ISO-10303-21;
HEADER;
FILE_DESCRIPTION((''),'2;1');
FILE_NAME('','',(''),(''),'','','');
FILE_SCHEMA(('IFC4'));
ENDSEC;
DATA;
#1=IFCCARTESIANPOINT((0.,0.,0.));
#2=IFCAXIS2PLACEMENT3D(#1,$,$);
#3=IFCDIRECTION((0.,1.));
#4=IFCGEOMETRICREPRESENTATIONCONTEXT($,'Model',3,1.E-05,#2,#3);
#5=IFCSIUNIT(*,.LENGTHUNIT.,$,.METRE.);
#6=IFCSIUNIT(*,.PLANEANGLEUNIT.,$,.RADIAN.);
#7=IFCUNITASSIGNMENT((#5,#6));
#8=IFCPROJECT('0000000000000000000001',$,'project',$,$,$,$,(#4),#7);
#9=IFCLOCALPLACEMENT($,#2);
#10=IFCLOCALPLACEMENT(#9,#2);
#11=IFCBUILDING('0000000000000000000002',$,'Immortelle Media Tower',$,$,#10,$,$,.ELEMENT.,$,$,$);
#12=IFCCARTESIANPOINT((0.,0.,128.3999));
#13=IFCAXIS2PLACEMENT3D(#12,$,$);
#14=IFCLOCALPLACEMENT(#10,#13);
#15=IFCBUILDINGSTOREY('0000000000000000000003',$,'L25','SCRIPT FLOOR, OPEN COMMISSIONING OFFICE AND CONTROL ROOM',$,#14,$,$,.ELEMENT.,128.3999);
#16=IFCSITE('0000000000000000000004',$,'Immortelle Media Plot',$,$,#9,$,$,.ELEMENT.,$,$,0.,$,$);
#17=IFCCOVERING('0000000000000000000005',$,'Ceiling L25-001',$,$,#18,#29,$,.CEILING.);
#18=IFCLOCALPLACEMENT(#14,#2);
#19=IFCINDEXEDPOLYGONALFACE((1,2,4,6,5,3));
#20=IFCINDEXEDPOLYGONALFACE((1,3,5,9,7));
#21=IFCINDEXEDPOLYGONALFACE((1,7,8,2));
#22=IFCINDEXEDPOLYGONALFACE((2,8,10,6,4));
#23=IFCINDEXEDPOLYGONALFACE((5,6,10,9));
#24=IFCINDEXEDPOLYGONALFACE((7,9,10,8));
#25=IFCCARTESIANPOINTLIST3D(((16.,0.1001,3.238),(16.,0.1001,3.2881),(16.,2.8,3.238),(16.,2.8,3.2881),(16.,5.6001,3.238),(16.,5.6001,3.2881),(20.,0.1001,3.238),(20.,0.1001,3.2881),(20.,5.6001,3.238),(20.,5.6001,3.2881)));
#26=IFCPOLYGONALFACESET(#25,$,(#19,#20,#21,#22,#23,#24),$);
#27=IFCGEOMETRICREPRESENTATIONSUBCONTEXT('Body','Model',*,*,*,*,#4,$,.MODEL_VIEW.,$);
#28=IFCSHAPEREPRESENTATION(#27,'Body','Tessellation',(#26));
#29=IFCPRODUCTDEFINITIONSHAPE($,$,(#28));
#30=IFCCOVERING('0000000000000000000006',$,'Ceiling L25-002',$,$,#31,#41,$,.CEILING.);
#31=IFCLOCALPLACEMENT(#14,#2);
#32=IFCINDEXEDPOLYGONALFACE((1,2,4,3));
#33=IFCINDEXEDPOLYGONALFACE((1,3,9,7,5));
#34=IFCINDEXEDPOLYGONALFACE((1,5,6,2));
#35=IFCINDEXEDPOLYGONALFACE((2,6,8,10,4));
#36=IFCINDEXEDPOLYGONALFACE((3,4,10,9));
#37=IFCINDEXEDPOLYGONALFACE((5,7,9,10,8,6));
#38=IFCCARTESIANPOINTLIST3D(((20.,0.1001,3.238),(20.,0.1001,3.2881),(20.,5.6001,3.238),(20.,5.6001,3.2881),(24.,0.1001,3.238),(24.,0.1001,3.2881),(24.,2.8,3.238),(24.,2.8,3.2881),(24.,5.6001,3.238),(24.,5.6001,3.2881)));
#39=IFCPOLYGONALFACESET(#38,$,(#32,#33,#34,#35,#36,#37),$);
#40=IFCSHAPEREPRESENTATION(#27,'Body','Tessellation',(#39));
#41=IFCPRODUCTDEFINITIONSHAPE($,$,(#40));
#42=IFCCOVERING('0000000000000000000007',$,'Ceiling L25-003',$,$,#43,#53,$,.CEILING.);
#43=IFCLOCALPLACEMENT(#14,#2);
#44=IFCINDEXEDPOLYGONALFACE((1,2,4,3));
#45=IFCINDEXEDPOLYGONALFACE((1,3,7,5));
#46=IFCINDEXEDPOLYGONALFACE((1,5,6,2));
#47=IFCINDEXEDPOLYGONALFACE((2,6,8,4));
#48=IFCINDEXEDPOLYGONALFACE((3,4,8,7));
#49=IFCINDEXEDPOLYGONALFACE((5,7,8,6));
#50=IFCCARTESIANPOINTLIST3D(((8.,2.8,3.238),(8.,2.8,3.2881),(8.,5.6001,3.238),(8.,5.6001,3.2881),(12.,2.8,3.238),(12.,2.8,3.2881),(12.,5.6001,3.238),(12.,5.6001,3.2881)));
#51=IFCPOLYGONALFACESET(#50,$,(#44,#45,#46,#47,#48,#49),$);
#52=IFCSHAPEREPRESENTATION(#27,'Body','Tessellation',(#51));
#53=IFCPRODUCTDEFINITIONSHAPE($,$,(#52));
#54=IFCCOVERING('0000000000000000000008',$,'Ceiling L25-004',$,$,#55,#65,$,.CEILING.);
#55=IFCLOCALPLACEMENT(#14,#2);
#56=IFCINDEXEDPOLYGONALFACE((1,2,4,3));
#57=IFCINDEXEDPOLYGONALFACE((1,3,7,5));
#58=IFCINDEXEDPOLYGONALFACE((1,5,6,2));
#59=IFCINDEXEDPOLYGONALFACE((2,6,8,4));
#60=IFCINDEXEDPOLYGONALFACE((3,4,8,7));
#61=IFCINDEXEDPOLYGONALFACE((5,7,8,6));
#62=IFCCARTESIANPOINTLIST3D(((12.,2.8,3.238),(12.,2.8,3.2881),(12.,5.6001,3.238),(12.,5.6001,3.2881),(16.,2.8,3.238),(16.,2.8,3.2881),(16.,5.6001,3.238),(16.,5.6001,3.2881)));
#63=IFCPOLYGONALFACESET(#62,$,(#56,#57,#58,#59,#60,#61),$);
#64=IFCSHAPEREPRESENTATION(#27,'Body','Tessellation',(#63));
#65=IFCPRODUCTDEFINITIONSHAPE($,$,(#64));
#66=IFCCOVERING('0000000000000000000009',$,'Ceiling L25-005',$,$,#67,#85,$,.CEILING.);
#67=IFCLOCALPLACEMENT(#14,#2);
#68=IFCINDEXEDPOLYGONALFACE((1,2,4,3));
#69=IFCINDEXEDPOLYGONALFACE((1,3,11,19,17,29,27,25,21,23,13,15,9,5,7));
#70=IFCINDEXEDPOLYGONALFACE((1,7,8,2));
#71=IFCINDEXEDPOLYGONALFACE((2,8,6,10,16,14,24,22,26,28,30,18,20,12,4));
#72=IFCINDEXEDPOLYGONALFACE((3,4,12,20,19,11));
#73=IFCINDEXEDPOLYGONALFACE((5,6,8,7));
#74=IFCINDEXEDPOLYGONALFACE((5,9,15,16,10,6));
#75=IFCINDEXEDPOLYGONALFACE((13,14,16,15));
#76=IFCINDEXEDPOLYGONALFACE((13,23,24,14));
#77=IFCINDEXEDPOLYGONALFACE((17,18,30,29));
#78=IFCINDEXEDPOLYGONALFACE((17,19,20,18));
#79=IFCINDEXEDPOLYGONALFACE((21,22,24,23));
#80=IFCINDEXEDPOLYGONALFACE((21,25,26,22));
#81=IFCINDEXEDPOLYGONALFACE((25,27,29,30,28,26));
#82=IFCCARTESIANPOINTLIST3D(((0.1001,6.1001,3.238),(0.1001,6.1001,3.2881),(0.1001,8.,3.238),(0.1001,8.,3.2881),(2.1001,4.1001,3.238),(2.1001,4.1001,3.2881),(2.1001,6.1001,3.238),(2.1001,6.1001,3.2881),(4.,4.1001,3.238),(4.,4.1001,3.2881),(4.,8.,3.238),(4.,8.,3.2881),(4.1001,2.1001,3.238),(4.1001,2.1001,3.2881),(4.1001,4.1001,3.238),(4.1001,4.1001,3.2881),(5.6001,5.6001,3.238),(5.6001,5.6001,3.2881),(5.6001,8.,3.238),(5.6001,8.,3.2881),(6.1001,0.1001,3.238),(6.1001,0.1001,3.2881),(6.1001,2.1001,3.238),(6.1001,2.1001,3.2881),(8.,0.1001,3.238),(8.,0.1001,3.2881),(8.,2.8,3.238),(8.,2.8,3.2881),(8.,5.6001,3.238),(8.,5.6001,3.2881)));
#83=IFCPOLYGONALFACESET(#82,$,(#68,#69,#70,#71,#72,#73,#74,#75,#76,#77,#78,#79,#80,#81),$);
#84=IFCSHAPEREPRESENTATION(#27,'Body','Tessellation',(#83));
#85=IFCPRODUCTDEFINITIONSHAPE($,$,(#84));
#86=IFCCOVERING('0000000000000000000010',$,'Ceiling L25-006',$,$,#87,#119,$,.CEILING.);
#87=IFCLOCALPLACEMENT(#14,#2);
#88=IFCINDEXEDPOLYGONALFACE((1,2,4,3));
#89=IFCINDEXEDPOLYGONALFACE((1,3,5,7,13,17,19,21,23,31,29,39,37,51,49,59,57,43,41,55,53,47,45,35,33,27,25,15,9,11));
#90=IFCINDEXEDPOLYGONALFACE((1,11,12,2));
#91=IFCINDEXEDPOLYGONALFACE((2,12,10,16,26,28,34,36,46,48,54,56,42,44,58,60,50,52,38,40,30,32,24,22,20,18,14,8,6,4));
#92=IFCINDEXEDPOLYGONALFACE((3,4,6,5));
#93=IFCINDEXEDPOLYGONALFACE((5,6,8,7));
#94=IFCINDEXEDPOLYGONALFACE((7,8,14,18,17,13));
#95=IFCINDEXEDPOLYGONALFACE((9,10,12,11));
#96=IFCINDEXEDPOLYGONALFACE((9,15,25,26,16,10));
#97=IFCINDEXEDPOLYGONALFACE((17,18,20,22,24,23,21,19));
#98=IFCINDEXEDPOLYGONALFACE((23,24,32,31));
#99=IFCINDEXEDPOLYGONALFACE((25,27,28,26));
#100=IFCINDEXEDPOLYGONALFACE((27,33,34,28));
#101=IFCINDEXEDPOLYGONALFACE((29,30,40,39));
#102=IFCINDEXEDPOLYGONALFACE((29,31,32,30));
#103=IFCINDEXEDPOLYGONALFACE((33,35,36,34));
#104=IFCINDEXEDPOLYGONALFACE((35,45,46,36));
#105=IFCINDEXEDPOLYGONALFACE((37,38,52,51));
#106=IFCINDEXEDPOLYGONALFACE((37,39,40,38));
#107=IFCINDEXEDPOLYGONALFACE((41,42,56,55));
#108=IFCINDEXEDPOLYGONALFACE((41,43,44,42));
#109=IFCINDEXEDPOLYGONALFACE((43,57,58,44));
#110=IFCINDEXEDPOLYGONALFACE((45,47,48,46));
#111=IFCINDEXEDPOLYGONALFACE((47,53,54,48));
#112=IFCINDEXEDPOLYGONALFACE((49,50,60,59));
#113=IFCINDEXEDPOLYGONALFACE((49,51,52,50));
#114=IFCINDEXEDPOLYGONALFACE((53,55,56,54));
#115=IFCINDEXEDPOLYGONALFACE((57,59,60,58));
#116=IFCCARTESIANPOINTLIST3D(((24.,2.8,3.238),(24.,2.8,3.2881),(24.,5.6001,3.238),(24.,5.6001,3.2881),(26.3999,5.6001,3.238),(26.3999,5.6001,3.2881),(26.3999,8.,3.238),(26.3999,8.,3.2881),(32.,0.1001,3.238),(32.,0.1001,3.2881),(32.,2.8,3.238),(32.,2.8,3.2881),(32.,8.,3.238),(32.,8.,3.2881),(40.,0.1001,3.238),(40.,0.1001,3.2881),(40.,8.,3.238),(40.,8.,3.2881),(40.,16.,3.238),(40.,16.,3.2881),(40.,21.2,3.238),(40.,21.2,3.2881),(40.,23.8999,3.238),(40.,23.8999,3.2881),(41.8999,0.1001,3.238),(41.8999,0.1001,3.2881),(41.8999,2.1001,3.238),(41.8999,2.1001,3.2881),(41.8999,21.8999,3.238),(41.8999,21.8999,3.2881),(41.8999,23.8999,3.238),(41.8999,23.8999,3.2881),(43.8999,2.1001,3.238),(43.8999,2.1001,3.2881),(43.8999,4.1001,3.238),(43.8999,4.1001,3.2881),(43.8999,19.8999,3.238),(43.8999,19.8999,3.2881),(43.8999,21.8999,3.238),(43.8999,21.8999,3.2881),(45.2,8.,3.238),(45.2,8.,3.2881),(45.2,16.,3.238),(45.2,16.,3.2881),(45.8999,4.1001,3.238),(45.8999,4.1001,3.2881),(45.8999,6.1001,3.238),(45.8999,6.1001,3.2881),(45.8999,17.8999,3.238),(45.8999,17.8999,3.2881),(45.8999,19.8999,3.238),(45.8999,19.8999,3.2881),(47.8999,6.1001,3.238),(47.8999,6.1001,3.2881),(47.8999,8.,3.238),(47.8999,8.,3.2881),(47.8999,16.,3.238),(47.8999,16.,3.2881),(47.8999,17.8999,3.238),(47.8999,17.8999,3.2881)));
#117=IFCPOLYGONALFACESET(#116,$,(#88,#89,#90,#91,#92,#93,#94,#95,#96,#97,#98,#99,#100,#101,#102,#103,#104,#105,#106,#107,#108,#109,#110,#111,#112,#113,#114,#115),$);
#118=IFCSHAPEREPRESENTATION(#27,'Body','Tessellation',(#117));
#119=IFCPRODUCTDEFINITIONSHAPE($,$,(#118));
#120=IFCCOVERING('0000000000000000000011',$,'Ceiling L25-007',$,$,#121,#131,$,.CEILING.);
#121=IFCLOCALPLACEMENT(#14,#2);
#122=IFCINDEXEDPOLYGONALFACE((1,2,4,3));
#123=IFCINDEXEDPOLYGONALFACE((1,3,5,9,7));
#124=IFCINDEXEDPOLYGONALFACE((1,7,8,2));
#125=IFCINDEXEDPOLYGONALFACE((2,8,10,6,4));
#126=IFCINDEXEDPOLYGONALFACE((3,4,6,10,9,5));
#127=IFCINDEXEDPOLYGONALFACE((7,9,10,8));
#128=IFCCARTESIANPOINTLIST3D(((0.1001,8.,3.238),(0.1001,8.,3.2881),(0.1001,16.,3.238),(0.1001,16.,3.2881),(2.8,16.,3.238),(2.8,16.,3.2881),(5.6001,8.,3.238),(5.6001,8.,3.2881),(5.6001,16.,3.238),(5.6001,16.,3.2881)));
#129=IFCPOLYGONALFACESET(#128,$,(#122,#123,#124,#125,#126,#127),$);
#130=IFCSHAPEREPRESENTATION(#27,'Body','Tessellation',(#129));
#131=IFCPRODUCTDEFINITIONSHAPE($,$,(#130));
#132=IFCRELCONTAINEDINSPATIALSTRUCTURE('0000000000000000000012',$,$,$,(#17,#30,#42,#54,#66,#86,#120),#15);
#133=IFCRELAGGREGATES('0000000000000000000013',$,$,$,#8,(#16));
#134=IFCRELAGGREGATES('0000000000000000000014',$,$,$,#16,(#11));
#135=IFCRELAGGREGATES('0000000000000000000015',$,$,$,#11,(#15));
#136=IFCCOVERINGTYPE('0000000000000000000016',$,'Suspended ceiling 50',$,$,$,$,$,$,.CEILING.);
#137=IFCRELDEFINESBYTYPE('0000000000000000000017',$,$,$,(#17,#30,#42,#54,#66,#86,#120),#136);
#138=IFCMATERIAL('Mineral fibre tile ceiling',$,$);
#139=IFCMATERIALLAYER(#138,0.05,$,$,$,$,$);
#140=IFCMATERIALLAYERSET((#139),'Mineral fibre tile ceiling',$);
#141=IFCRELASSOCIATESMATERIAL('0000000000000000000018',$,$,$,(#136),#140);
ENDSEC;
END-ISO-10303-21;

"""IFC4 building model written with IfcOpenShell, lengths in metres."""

from ifc_helpers import new_model, si_unit, direction, frame, origin, place, context, subcontext, project, spatial, polyline, outline, extrude, material, layer, layer_set, type_object, element, save


model = new_model("IFC4")

# Units and contexts
model_context = context("Model", 3, precision=1e-05, world=origin(), true_north=direction((0.0, 1.0)))
body_context = subcontext(model_context, "Body", "Model", "MODEL_VIEW")
ifc_project = project(units=[si_unit("LENGTHUNIT", "METRE"), si_unit("PLANEANGLEUNIT", "RADIAN")], contexts=[model_context])

# Site, building, storey
site_placement = place(None, origin())
site = spatial("IfcSite", under=ifc_project, at=site_placement, Name="Immortelle Media Plot", CompositionType="ELEMENT", RefElevation=0.0)
building_placement = place(site_placement, origin())
building = spatial("IfcBuilding", under=site, at=building_placement, Name="Immortelle Media Tower", CompositionType="ELEMENT")
storey_placement = place(building_placement, frame((0.0, 0.0, 128.3999)))
storey = spatial("IfcBuildingStorey", under=building, at=storey_placement, Name="L25", Description="SCRIPT FLOOR, OPEN COMMISSIONING OFFICE AND CONTROL ROOM", CompositionType="ELEMENT", Elevation=128.3999)

# Coverings
ifc_material_1 = material(Name="Mineral fibre tile ceiling")
ifc_layer_1 = layer(ifc_material_1, 0.05)
ifc_layer_set_1 = layer_set([ifc_layer_1], Name="Mineral fibre tile ceiling")
covering_type = type_object("IfcCoveringType", Name="Suspended ceiling 50", PredefinedType="CEILING", material=ifc_layer_set_1)
covering_1_placement = place(storey_placement, frame((0.0, 0.0, 3.238)))
element("IfcCovering", 1, at=covering_1_placement, inside=storey, type_object=covering_type, Name="Ceiling L25-001", PredefinedType="CEILING", context=body_context, shape_type="SweptSolid", body=[
    extrude(outline(polyline([(16.0, 2.8), (16.0, 5.6001), (20.0, 5.6001), (20.0, 0.1001), (16.0, 0.1001), (16.0, 2.8)])), origin(), (0.0, 0.0, 1.0), 0.05),
])
covering_2_placement = place(storey_placement, frame((0.0, 0.0, 3.238)))
element("IfcCovering", 2, at=covering_2_placement, inside=storey, type_object=covering_type, Name="Ceiling L25-002", PredefinedType="CEILING", context=body_context, shape_type="SweptSolid", body=[
    extrude(outline(polyline([(24.0, 5.6001), (24.0, 2.8), (24.0, 0.1001), (20.0, 0.1001), (20.0, 5.6001), (24.0, 5.6001)])), origin(), (0.0, 0.0, 1.0), 0.05),
])
covering_3_placement = place(storey_placement, frame((0.0, 0.0, 3.238)))
element("IfcCovering", 3, at=covering_3_placement, inside=storey, type_object=covering_type, Name="Ceiling L25-003", PredefinedType="CEILING", context=body_context, shape_type="SweptSolid", body=[
    extrude(outline(polyline([(8.0, 5.6001), (12.0, 5.6001), (12.0, 2.8), (8.0, 2.8), (8.0, 5.6001)])), origin(), (0.0, 0.0, 1.0), 0.05),
])
covering_4_placement = place(storey_placement, frame((0.0, 0.0, 3.238)))
element("IfcCovering", 4, at=covering_4_placement, inside=storey, type_object=covering_type, Name="Ceiling L25-004", PredefinedType="CEILING", context=body_context, shape_type="SweptSolid", body=[
    extrude(outline(polyline([(16.0, 5.6001), (16.0, 2.8), (12.0, 2.8), (12.0, 5.6001), (16.0, 5.6001)])), origin(), (0.0, 0.0, 1.0), 0.05),
])
covering_5_placement = place(storey_placement, frame((0.0, 0.0, 3.238)))
element("IfcCovering", 5, at=covering_5_placement, inside=storey, type_object=covering_type, Name="Ceiling L25-005", PredefinedType="CEILING", context=body_context, shape_type="SweptSolid", body=[
    extrude(outline(polyline([(4.1001, 2.1001), (4.1001, 4.1001), (4.0, 4.1001), (2.1001, 4.1001), (2.1001, 6.1001), (0.1001, 6.1001), (0.1001, 8.0), (4.0, 8.0), (5.6001, 8.0), (5.6001, 5.6001), (8.0, 5.6001), (8.0, 2.8), (8.0, 0.1001), (6.1001, 0.1001), (6.1001, 2.1001), (4.1001, 2.1001)])), origin(), (0.0, 0.0, 1.0), 0.05),
])
covering_6_placement = place(storey_placement, frame((0.0, 0.0, 3.238)))
element("IfcCovering", 6, at=covering_6_placement, inside=storey, type_object=covering_type, Name="Ceiling L25-006", PredefinedType="CEILING", context=body_context, shape_type="SweptSolid", body=[
    extrude(outline(polyline([(26.3999, 5.6001), (26.3999, 8.0), (32.0, 8.0), (40.0, 8.0), (40.0, 16.0), (40.0, 21.2), (40.0, 23.8999), (41.8999, 23.8999), (41.8999, 21.8999), (43.8999, 21.8999), (43.8999, 19.8999), (45.8999, 19.8999), (45.8999, 17.8999), (47.8999, 17.8999), (47.8999, 16.0), (45.2, 16.0), (45.2, 8.0), (47.8999, 8.0), (47.8999, 6.1001), (45.8999, 6.1001), (45.8999, 4.1001), (43.8999, 4.1001), (43.8999, 2.1001), (41.8999, 2.1001), (41.8999, 0.1001), (40.0, 0.1001), (32.0, 0.1001), (32.0, 2.8), (24.0, 2.8), (24.0, 5.6001), (26.3999, 5.6001)])), origin(), (0.0, 0.0, 1.0), 0.05),
])
covering_7_placement = place(storey_placement, frame((0.0, 0.0, 3.238)))
element("IfcCovering", 7, at=covering_7_placement, inside=storey, type_object=covering_type, Name="Ceiling L25-007", PredefinedType="CEILING", context=body_context, shape_type="SweptSolid", body=[
    extrude(outline(polyline([(5.6001, 8.0), (0.1001, 8.0), (0.1001, 16.0), (2.8, 16.0), (5.6001, 16.0), (5.6001, 8.0)])), origin(), (0.0, 0.0, 1.0), 0.05),
])

save(model, "model.ifc")
